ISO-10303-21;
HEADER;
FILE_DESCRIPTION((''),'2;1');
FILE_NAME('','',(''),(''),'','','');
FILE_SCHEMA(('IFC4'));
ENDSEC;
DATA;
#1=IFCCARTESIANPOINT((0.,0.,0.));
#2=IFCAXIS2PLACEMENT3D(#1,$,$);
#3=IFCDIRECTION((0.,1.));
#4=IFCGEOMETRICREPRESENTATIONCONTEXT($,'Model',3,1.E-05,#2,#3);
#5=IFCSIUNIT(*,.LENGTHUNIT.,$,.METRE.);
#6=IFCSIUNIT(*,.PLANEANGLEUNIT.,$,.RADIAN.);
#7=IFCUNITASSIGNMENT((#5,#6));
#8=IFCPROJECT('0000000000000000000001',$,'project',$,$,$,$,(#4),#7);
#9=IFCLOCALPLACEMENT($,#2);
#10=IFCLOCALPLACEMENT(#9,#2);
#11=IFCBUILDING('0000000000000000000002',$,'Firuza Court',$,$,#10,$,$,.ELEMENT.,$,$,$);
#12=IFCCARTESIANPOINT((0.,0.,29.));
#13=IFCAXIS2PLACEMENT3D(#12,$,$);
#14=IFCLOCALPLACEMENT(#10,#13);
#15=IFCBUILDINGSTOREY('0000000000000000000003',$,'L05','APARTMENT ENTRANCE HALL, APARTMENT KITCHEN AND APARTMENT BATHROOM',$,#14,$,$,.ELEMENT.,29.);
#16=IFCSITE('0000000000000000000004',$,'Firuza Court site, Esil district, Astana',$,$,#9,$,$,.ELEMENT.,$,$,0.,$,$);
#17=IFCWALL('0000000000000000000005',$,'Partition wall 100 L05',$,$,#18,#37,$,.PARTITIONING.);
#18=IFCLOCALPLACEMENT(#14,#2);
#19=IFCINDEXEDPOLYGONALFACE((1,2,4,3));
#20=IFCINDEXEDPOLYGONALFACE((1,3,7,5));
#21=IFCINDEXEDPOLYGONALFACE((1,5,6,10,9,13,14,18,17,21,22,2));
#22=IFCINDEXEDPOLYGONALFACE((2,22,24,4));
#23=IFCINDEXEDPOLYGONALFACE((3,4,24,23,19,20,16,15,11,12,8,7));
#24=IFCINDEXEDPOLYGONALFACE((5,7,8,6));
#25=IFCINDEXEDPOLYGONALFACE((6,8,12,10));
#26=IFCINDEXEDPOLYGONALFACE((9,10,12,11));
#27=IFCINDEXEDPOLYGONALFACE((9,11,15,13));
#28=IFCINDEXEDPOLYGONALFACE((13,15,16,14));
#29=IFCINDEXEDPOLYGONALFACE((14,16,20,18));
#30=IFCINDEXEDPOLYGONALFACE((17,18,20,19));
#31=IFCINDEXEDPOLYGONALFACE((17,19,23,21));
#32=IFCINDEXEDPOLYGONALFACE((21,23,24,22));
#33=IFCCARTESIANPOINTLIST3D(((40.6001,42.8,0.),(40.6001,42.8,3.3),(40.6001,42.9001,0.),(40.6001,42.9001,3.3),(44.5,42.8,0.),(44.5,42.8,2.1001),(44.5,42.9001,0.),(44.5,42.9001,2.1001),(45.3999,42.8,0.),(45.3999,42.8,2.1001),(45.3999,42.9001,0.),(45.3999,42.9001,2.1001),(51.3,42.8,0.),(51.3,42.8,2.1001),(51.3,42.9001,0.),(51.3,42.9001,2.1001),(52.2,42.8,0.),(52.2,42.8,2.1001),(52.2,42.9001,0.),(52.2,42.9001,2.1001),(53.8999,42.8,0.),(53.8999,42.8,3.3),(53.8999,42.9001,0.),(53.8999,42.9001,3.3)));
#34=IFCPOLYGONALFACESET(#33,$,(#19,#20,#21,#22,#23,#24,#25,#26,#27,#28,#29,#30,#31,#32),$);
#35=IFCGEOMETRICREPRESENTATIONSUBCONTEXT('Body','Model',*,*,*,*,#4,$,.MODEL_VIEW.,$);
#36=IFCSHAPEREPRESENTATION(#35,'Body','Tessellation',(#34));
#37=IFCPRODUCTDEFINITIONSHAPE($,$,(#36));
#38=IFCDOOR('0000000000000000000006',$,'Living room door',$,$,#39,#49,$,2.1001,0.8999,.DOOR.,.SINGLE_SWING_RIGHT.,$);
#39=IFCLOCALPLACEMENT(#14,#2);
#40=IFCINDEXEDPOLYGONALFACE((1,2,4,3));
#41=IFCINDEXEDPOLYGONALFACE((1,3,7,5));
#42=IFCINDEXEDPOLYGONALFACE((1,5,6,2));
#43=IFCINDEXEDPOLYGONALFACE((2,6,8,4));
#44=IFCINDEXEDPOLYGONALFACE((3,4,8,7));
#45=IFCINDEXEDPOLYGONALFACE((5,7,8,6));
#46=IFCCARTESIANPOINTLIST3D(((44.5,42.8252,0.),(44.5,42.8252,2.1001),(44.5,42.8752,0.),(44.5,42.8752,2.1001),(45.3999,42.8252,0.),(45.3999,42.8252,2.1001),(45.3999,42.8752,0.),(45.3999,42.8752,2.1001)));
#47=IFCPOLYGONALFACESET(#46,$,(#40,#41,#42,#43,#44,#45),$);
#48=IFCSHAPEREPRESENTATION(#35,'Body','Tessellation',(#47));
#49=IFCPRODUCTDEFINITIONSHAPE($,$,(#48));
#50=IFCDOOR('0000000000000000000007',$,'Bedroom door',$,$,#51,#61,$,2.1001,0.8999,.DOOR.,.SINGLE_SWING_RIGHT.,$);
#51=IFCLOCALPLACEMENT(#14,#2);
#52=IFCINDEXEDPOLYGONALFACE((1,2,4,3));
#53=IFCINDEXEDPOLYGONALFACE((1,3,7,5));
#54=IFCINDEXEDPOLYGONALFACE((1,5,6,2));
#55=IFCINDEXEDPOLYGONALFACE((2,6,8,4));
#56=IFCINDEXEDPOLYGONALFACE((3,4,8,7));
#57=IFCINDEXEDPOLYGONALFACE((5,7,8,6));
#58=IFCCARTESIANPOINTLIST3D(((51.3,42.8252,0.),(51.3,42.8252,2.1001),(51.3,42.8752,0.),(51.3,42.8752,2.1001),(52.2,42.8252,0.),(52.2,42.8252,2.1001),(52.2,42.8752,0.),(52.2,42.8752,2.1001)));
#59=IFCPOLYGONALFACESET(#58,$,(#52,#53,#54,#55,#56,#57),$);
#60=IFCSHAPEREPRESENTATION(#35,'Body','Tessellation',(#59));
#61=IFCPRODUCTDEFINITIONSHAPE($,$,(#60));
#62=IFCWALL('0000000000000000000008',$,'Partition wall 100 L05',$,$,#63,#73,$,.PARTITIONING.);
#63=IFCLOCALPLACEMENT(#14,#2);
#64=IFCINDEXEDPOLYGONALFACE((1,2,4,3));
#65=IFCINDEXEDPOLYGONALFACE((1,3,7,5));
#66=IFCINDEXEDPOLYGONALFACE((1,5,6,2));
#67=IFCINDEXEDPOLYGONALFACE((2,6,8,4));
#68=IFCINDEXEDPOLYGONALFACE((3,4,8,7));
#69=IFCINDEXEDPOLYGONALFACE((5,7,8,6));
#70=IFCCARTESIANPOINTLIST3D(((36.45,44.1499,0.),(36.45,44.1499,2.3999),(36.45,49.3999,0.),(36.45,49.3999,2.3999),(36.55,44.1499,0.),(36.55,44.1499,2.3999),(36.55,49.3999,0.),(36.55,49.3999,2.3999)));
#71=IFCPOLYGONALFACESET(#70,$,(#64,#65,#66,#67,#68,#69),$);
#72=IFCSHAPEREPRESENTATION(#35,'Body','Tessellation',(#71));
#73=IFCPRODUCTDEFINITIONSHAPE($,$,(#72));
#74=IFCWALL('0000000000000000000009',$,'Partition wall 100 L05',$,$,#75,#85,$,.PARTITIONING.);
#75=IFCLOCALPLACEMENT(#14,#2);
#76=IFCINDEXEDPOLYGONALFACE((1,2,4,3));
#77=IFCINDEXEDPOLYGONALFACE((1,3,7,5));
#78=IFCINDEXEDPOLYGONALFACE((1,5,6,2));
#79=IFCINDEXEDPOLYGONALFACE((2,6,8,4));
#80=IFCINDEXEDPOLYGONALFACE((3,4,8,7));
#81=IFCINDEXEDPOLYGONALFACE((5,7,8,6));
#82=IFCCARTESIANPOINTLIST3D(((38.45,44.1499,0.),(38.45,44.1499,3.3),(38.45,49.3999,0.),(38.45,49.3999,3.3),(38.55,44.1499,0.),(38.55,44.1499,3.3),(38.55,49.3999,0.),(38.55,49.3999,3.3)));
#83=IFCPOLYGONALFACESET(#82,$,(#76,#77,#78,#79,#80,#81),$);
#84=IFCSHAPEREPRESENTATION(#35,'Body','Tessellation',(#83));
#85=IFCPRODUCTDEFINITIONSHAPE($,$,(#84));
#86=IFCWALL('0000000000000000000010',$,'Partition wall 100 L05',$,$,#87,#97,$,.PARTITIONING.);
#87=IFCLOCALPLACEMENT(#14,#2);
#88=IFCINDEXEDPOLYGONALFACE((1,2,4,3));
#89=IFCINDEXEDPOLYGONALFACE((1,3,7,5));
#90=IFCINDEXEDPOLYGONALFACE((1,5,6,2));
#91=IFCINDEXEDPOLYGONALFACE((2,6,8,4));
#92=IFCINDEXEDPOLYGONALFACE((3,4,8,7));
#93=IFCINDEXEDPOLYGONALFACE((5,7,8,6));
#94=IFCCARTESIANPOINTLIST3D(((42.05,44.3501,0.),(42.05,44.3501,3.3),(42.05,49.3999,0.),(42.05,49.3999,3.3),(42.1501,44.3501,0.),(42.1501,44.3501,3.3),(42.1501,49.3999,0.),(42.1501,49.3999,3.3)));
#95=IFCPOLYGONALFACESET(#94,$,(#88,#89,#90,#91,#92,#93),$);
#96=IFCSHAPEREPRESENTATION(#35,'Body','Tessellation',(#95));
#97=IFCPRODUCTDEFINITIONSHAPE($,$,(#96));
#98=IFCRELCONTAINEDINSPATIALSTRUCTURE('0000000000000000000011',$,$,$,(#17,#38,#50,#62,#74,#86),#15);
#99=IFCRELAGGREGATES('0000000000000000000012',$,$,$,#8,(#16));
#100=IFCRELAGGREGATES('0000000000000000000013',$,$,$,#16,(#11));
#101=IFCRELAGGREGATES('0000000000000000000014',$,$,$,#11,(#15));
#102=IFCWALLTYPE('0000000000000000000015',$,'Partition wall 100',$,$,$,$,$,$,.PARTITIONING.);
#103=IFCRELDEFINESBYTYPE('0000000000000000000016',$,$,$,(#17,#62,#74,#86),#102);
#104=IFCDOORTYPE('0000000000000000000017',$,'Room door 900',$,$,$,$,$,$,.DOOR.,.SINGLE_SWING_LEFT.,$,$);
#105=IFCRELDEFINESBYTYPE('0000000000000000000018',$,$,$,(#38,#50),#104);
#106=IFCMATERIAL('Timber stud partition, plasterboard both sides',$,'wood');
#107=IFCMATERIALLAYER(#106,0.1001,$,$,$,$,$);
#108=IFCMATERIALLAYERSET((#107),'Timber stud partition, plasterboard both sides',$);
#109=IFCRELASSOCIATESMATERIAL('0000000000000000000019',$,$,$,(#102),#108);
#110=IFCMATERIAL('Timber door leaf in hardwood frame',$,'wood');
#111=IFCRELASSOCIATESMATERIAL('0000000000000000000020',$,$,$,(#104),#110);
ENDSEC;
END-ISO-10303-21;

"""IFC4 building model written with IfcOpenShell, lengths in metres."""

from ifc_helpers import new_model, si_unit, direction, frame, frame_2d, origin, place, context, subcontext, project, spatial, rectangle, extrude, material, layer, layer_set, type_object, element, fill, save


model = new_model("IFC4")

# Units and contexts
model_context = context("Model", 3, precision=1e-05, world=origin(), true_north=direction((0.0, 1.0)))
body_context = subcontext(model_context, "Body", "Model", "MODEL_VIEW")
ifc_project = project(units=[si_unit("LENGTHUNIT", "METRE"), si_unit("PLANEANGLEUNIT", "RADIAN")], contexts=[model_context])

# Site, building, storey
site_placement = place(None, origin())
site = spatial("IfcSite", under=ifc_project, at=site_placement, Name="Firuza Court site, Esil district, Astana", CompositionType="ELEMENT", RefElevation=0.0)
building_placement = place(site_placement, origin())
building = spatial("IfcBuilding", under=site, at=building_placement, Name="Firuza Court", CompositionType="ELEMENT")
storey_placement = place(building_placement, frame((0.0, 0.0, 29.0)))
storey = spatial("IfcBuildingStorey", under=building, at=storey_placement, Name="L05", Description="APARTMENT ENTRANCE HALL, APARTMENT KITCHEN AND APARTMENT BATHROOM", CompositionType="ELEMENT", Elevation=29.0)

# Shared definitions
ifc_material_1 = material(Name="Timber stud partition, plasterboard both sides", Category="wood")
ifc_layer_1 = layer(ifc_material_1, 0.1001)
ifc_layer_set_1 = layer_set([ifc_layer_1], Name="Timber stud partition, plasterboard both sides")
wall_type_1 = type_object("IfcWallType", Name="Partition wall 100", PredefinedType="PARTITIONING", material=ifc_layer_set_1)

# Wall, openings, doors
wall_1_placement = place(storey_placement, frame((40.6001, 42.8501, 0.0), z_axis=(0.0, 0.0, 1.0), x_axis=(1.0, 0.0, 0.0)))
wall_1 = element("IfcWall", 1, at=wall_1_placement, inside=storey, type_object=wall_type_1, Name="Partition wall 100 L05", PredefinedType="PARTITIONING", context=body_context, shape_type="SweptSolid", body=[
    extrude(rectangle(XDim=13.2998, YDim=0.1001, at=frame_2d((6.6499, 0.0))), origin(), (0.0, 0.0, 1.0), 3.3),
])
opening_1_placement = place(wall_1_placement, frame((3.8999, 0.0, 0.0)))
opening_1 = element("IfcOpeningElement", 2, at=opening_1_placement, cuts=wall_1, PredefinedType="OPENING", context=body_context, shape_type="SweptSolid", body=[
    extrude(rectangle(XDim=0.8999, YDim=2.1001, at=frame_2d((0.45, 1.05))), frame((0.0, 0.062, 0.0), z_axis=(0.0, -1.0, 0.0), x_axis=(1.0, 0.0, 0.0)), (0.0, 0.0, 1.0), 0.124),
])
opening_2_placement = place(wall_1_placement, frame((10.7, 0.0, 0.0)))
opening_2 = element("IfcOpeningElement", 3, at=opening_2_placement, cuts=wall_1, PredefinedType="OPENING", context=body_context, shape_type="SweptSolid", body=[
    extrude(rectangle(XDim=0.8999, YDim=2.1001, at=frame_2d((0.45, 1.05))), frame((0.0, 0.062, 0.0), z_axis=(0.0, -1.0, 0.0), x_axis=(1.0, 0.0, 0.0)), (0.0, 0.0, 1.0), 0.124),
])
ifc_material_2 = material(Name="Timber door leaf in hardwood frame", Category="wood")
door_type_1 = type_object("IfcDoorType", Name="Room door 900", OperationType="SINGLE_SWING_LEFT", PredefinedType="DOOR", material=ifc_material_2)
door_1_placement = place(opening_1_placement, frame((0.8999, 0.0, 0.0), z_axis=(0.0, 0.0, 1.0), x_axis=(-1.0, 0.0, 0.0)))
door_1 = element("IfcDoor", 4, at=door_1_placement, inside=storey, type_object=door_type_1, Name="Living room door", OperationType="SINGLE_SWING_RIGHT", OverallHeight=2.1001, OverallWidth=0.8999, PredefinedType="DOOR", context=body_context, shape_type="SweptSolid", body=[
    extrude(rectangle(XDim=0.8999, YDim=2.1001, at=frame_2d((0.45, 1.05))), frame((0.0, 0.0249, 0.0), z_axis=(0.0, -1.0, 0.0), x_axis=(1.0, 0.0, 0.0)), (0.0, 0.0, 1.0), 0.05),
])
fill(opening_1, door_1)
door_2_placement = place(opening_2_placement, frame((0.8999, 0.0, 0.0), z_axis=(0.0, 0.0, 1.0), x_axis=(-1.0, 0.0, 0.0)))
door_2 = element("IfcDoor", 5, at=door_2_placement, inside=storey, type_object=door_type_1, Name="Bedroom door", OperationType="SINGLE_SWING_RIGHT", OverallHeight=2.1001, OverallWidth=0.8999, PredefinedType="DOOR", context=body_context, shape_type="SweptSolid", body=[
    extrude(rectangle(XDim=0.8999, YDim=2.1001, at=frame_2d((0.45, 1.05))), frame((0.0, 0.0249, 0.0), z_axis=(0.0, -1.0, 0.0), x_axis=(1.0, 0.0, 0.0)), (0.0, 0.0, 1.0), 0.05),
])
fill(opening_2, door_2)

# Walls
wall_2_placement = place(storey_placement, frame((36.5, 44.1499, 0.0), z_axis=(0.0, 0.0, 1.0), x_axis=(0.0, 1.0, 0.0)))
element("IfcWall", 6, at=wall_2_placement, inside=storey, type_object=wall_type_1, Name="Partition wall 100 L05", PredefinedType="PARTITIONING", context=body_context, shape_type="SweptSolid", body=[
    extrude(rectangle(XDim=5.25, YDim=0.1001, at=frame_2d((2.625, 0.0))), origin(), (0.0, 0.0, 1.0), 2.3999),
])
wall_3_placement = place(storey_placement, frame((38.5, 44.1499, 0.0), z_axis=(0.0, 0.0, 1.0), x_axis=(0.0, 1.0, 0.0)))
element("IfcWall", 7, at=wall_3_placement, inside=storey, type_object=wall_type_1, Name="Partition wall 100 L05", PredefinedType="PARTITIONING", context=body_context, shape_type="SweptSolid", body=[
    extrude(rectangle(XDim=5.25, YDim=0.1001, at=frame_2d((2.625, 0.0))), origin(), (0.0, 0.0, 1.0), 3.3),
])
wall_4_placement = place(storey_placement, frame((42.1001, 44.3501, 0.0), z_axis=(0.0, 0.0, 1.0), x_axis=(0.0, 1.0, 0.0)))
element("IfcWall", 8, at=wall_4_placement, inside=storey, type_object=wall_type_1, Name="Partition wall 100 L05", PredefinedType="PARTITIONING", context=body_context, shape_type="SweptSolid", body=[
    extrude(rectangle(XDim=5.0498, YDim=0.1001, at=frame_2d((2.5249, 0.0))), origin(), (0.0, 0.0, 1.0), 3.3),
])

save(model, "model.ifc")
